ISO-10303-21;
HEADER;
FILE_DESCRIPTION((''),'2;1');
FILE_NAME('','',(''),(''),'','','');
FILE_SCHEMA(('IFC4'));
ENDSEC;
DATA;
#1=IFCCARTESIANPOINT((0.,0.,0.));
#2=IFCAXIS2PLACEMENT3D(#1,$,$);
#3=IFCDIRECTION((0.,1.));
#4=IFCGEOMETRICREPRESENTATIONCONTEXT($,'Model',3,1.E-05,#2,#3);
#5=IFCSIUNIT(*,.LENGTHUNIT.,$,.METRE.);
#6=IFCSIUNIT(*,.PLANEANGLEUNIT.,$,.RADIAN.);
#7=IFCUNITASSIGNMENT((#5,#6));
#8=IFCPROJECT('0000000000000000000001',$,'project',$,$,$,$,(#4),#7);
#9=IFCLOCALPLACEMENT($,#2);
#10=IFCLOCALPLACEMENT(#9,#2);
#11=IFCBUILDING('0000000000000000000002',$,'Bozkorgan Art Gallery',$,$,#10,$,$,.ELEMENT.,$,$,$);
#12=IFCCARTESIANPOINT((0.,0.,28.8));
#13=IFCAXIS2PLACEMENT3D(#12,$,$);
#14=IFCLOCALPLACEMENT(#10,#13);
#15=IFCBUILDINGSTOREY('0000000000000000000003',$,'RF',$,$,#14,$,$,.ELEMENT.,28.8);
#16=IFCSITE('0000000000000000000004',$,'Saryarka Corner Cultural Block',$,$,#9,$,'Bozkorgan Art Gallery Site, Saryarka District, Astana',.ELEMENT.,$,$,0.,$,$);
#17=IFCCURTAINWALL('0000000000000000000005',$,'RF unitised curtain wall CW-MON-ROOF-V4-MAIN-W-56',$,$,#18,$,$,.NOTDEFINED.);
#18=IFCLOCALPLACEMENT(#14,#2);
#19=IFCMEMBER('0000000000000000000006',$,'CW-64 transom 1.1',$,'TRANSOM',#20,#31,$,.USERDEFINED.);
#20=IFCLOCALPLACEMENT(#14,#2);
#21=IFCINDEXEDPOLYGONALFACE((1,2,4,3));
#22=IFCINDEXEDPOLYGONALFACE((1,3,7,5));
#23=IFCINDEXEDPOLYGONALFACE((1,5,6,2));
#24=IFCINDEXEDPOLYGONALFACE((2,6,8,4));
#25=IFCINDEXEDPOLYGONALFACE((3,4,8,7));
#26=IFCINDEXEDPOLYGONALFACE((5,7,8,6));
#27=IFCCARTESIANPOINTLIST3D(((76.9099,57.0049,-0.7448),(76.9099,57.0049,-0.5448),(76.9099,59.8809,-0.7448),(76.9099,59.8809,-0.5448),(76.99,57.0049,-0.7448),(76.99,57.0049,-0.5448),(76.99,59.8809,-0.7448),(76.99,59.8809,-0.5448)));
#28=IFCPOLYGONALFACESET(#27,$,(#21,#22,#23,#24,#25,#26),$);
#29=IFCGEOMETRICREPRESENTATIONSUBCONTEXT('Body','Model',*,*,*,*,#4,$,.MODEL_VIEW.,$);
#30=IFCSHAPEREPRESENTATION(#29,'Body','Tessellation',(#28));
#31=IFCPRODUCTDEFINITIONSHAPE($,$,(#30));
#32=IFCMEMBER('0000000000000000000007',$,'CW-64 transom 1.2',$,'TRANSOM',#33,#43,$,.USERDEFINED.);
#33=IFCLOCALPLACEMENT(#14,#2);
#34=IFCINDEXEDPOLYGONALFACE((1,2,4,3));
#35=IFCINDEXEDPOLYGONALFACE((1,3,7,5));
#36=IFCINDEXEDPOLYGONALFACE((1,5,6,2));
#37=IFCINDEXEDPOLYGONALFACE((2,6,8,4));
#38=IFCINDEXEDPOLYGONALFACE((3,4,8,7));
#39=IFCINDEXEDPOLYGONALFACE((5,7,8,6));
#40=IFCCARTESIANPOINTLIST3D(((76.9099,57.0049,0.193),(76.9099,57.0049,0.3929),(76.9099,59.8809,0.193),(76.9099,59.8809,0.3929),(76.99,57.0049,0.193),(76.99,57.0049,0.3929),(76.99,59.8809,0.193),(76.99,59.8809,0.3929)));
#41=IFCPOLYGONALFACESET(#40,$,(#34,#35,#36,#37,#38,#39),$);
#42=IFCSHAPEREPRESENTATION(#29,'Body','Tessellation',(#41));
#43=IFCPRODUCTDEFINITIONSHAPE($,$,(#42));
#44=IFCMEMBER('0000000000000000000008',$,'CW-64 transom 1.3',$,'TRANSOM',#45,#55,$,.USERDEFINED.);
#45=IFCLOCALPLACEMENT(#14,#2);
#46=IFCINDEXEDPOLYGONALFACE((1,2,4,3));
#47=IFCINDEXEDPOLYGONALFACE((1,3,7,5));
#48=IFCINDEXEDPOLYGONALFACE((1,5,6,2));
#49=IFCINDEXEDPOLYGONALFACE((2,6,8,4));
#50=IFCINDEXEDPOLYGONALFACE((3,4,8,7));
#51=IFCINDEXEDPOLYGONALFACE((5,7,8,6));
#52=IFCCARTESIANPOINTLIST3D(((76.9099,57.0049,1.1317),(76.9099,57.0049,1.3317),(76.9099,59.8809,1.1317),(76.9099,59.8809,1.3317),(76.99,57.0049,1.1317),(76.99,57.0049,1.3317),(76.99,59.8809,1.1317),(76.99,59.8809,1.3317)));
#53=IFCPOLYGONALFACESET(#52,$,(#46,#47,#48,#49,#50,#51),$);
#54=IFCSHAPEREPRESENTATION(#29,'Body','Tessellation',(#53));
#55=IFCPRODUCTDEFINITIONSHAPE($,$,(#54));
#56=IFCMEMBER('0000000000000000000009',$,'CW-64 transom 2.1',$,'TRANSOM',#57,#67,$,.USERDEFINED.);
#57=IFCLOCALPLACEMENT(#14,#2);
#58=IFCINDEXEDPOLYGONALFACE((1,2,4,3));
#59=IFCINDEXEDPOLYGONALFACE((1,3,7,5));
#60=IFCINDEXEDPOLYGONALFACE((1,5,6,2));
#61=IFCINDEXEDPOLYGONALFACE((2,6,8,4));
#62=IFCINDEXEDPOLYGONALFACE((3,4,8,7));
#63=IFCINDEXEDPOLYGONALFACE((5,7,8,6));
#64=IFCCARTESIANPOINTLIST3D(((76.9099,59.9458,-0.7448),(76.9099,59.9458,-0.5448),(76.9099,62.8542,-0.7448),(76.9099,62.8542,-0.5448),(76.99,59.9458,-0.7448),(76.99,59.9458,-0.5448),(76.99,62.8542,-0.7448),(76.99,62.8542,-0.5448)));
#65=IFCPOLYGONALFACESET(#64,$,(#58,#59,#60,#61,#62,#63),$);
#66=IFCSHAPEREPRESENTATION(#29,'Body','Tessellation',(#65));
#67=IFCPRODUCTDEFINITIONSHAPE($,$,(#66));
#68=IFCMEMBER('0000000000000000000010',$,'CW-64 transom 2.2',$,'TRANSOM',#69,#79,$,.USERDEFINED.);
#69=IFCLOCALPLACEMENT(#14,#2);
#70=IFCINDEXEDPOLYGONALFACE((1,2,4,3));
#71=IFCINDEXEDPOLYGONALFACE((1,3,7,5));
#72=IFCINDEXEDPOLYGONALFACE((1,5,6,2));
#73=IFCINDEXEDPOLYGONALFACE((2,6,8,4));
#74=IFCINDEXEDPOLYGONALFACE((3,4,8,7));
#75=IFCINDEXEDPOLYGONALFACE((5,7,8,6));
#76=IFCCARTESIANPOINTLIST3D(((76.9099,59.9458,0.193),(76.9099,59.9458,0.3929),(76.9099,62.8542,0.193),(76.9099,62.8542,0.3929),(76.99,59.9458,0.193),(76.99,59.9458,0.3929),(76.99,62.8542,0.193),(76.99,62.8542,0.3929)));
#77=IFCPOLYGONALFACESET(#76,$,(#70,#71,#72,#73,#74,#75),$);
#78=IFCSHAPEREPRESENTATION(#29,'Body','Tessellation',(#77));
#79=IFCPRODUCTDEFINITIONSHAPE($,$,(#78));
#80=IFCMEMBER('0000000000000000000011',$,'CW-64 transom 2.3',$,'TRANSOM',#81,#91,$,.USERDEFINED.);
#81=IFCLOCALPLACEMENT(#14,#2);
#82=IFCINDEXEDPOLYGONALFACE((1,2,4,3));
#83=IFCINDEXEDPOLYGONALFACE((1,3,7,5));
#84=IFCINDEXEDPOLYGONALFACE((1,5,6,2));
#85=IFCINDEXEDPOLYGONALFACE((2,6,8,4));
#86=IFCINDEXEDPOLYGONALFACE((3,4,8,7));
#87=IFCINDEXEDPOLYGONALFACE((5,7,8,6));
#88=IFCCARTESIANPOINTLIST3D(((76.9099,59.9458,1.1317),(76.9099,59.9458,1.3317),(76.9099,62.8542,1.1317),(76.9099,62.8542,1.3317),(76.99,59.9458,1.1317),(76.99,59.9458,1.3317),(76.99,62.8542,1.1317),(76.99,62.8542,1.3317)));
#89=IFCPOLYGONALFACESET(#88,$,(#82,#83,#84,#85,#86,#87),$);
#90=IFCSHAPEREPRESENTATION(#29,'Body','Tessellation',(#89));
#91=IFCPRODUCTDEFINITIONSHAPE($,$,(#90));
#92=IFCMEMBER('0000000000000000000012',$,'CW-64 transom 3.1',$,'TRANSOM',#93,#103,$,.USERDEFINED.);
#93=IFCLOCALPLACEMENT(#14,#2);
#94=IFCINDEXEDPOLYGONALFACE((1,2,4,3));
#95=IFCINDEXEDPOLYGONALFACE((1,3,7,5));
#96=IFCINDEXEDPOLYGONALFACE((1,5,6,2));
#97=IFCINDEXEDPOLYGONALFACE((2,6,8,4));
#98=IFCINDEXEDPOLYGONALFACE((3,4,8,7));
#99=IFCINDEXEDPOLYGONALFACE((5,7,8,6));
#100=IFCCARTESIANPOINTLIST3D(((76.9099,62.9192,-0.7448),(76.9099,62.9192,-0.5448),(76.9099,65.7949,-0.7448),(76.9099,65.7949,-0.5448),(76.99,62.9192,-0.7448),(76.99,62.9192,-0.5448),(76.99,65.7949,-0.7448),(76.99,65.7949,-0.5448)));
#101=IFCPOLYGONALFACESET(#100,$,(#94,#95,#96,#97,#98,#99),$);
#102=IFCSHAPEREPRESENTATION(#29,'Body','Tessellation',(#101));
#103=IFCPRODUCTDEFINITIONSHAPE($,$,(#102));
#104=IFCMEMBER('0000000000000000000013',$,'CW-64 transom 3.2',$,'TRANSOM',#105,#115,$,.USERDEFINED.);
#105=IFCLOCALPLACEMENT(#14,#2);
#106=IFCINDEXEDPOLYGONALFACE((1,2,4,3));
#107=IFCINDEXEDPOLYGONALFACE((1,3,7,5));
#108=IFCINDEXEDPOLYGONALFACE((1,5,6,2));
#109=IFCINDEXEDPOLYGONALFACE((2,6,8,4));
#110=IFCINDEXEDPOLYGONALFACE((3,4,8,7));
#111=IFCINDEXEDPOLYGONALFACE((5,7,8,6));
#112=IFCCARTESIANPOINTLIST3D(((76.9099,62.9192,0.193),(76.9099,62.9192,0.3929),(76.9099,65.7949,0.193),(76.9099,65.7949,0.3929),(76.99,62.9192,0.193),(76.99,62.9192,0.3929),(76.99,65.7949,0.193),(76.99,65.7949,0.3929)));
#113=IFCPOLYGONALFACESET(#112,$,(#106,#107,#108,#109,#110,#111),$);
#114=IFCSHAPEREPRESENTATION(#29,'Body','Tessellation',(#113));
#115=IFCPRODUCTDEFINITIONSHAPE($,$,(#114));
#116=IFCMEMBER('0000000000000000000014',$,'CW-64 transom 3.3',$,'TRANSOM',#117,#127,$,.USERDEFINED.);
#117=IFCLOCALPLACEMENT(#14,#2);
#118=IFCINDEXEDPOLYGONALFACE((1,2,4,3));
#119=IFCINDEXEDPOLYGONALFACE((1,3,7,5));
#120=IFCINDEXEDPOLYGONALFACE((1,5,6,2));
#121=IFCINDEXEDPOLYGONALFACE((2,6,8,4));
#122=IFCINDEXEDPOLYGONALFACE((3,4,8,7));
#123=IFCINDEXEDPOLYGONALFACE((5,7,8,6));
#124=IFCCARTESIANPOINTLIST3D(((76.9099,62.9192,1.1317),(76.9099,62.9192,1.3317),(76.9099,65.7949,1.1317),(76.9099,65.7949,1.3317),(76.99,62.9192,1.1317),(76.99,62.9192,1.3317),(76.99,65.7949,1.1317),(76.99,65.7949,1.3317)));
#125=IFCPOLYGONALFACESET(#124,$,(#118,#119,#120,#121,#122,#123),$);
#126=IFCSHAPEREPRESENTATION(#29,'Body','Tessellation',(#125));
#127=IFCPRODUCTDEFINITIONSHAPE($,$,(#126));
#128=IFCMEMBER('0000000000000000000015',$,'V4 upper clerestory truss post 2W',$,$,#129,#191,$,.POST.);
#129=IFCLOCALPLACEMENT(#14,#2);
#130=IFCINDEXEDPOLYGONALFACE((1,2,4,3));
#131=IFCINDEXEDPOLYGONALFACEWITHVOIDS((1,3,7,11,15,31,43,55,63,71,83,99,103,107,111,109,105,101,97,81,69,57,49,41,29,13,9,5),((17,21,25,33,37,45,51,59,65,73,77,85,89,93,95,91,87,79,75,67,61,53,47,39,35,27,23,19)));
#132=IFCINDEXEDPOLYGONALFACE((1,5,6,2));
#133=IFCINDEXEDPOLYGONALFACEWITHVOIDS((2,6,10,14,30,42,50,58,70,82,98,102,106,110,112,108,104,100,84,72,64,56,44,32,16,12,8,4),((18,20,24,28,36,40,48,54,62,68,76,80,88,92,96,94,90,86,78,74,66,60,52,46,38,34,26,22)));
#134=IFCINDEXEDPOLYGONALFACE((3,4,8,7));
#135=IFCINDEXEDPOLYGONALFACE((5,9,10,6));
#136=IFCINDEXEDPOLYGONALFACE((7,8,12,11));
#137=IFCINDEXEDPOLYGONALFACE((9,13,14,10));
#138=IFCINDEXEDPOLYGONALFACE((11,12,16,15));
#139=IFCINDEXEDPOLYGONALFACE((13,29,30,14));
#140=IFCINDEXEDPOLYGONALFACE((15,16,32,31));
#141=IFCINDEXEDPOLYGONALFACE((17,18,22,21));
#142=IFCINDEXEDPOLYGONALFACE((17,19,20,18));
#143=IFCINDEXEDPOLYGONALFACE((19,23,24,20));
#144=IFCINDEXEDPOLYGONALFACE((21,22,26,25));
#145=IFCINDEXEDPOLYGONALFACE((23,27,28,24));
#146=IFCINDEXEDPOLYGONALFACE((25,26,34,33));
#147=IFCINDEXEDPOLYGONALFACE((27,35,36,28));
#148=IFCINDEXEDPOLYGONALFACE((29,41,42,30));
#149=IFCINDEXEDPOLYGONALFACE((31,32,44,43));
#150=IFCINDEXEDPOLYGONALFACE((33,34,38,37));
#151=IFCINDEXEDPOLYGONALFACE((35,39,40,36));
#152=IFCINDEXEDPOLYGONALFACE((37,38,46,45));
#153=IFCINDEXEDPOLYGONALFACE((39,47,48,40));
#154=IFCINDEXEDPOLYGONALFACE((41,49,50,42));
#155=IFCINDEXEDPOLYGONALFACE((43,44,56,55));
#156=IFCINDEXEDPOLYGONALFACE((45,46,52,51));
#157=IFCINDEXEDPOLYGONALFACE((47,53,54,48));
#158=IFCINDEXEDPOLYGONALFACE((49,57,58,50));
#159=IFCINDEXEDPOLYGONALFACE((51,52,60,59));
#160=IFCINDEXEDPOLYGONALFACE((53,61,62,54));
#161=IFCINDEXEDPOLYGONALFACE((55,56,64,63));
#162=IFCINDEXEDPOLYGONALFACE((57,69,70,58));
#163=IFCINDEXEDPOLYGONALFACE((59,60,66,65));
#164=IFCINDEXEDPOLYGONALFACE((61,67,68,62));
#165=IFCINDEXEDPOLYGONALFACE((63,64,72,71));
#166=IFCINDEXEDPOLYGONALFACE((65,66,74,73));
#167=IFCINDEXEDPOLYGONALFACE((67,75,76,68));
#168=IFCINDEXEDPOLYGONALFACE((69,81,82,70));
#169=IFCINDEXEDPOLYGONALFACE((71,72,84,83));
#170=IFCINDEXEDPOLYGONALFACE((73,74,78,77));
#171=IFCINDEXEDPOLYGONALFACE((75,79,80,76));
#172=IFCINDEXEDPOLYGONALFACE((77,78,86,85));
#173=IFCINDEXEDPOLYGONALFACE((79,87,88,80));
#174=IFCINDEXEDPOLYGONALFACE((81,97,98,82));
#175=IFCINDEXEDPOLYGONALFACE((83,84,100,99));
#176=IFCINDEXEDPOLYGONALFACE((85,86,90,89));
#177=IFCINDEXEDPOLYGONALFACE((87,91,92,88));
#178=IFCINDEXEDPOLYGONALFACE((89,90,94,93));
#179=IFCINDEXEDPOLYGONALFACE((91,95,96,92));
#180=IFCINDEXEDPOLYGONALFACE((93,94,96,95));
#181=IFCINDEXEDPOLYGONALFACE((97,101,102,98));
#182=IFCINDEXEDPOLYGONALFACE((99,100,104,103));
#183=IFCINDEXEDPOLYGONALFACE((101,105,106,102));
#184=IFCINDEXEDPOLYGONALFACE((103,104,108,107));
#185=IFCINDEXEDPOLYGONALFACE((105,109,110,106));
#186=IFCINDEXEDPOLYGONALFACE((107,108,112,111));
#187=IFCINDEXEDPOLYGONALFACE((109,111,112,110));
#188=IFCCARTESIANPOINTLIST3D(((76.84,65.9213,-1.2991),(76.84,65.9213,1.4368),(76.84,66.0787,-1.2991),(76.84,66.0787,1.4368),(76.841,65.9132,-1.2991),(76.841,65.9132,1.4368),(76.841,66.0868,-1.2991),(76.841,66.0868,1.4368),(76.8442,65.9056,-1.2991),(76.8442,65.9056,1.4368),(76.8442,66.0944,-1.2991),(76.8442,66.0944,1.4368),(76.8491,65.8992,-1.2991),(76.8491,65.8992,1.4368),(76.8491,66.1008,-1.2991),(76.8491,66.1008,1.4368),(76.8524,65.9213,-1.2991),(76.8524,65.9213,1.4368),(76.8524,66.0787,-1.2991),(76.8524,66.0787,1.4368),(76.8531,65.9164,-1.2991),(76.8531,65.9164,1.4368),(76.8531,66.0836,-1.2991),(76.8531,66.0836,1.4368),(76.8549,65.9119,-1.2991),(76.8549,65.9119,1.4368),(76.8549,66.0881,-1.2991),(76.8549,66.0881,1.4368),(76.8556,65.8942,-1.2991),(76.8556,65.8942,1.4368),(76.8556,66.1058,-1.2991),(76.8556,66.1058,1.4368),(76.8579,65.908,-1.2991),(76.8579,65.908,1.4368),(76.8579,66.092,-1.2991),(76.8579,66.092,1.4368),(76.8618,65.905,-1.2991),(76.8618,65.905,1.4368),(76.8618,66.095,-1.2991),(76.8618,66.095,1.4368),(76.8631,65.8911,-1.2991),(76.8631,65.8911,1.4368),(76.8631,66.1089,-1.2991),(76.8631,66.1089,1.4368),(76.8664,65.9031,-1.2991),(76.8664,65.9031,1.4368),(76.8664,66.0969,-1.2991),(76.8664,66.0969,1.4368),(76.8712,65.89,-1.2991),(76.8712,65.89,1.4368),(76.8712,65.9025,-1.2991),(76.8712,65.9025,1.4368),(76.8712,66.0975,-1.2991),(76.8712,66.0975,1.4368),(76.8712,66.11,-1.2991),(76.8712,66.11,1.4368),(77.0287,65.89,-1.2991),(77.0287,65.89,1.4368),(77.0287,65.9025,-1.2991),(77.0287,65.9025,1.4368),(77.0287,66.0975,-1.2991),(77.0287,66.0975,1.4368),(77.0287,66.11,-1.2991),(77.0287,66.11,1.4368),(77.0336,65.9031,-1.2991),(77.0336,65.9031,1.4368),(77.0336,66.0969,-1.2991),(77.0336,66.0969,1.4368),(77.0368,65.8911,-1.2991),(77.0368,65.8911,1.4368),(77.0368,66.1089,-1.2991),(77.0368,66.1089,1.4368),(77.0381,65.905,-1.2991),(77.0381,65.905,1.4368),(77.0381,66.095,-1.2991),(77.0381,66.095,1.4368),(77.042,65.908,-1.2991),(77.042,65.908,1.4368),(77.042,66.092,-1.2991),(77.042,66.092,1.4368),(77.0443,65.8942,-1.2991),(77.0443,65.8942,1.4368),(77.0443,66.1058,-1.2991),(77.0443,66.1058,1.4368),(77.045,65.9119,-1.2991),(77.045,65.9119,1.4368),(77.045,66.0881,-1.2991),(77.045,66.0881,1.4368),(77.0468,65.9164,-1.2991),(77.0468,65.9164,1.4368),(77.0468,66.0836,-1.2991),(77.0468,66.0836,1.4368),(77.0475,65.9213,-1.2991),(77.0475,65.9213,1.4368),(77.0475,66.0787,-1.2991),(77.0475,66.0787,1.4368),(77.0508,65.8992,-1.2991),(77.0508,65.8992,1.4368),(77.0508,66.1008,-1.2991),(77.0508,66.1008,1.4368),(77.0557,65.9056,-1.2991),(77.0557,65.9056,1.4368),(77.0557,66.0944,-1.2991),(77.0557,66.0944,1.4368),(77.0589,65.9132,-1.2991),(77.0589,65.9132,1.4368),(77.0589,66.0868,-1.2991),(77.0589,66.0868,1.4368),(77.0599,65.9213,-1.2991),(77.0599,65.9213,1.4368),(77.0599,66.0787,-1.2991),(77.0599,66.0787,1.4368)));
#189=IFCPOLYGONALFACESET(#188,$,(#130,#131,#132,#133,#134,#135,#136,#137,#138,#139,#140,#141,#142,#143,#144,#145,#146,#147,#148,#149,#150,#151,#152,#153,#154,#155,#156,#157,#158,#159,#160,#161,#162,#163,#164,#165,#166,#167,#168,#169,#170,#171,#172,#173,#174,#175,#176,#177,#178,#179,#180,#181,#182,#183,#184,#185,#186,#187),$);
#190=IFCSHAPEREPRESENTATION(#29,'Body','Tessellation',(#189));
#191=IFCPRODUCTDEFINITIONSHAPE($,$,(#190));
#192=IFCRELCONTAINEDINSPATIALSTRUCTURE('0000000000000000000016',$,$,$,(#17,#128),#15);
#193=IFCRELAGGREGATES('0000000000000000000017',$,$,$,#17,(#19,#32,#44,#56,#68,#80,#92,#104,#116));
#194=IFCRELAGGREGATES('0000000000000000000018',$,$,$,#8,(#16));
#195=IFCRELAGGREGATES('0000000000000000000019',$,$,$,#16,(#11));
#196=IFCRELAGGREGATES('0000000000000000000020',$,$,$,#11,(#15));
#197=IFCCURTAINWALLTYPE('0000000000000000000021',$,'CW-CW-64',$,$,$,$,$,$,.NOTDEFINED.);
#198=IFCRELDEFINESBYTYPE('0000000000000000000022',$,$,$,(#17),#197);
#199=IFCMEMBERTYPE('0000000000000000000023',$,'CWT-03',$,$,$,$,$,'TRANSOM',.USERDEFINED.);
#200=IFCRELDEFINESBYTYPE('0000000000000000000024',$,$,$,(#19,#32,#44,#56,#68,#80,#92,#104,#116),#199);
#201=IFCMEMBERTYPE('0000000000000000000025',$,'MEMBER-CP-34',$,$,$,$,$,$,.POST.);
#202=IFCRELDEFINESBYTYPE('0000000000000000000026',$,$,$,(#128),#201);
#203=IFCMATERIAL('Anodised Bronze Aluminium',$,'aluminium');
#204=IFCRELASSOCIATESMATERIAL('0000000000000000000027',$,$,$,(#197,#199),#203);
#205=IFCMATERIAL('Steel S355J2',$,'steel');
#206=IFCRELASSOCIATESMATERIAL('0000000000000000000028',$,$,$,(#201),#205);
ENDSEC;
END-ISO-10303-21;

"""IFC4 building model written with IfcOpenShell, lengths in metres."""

from ifc_helpers import new_model, si_unit, direction, frame, origin, origin_2d, place, context, subcontext, project, spatial, rectangle, hollow_rectangle, extrude, material, material_profile, profile_set, type_object, element, aggregate, save


model = new_model("IFC4")

# Units and contexts
model_context = context("Model", 3, precision=1e-05, world=origin(), true_north=direction((0.0, 1.0)))
body_context = subcontext(model_context, "Body", "Model", "MODEL_VIEW")
ifc_project = project(units=[si_unit("LENGTHUNIT", "METRE"), si_unit("PLANEANGLEUNIT", "RADIAN")], contexts=[model_context])

# Site, building, storey
site_placement = place(None, origin())
site = spatial("IfcSite", under=ifc_project, at=site_placement, Name="Saryarka Corner Cultural Block", LongName="Bozkorgan Art Gallery Site, Saryarka District, Astana", CompositionType="ELEMENT", RefElevation=0.0)
building_placement = place(site_placement, origin())
building = spatial("IfcBuilding", under=site, at=building_placement, Name="Bozkorgan Art Gallery", CompositionType="ELEMENT")
storey_placement = place(building_placement, frame((0.0, 0.0, 28.8)))
storey = spatial("IfcBuildingStorey", under=building, at=storey_placement, Name="RF", CompositionType="ELEMENT", Elevation=28.8)

# Shared definitions
ifc_material_1 = material(Name="Steel S355J2", Category="steel")

# Shared definitions
ifc_material_2 = material(Name="Anodised Bronze Aluminium", Category="aluminium")

# Curtain wall
curtain_wall_type_1 = type_object("IfcCurtainWallType", Name="CW-CW-64", PredefinedType="NOTDEFINED", material=ifc_material_2)
curtain_wall_1_placement = place(storey_placement, origin())
curtain_wall_1 = element("IfcCurtainWall", 1, at=curtain_wall_1_placement, inside=storey, type_object=curtain_wall_type_1, Name="RF unitised curtain wall CW-MON-ROOF-V4-MAIN-W-56", PredefinedType="NOTDEFINED")

# Members
ifc_material_profile_1 = material_profile(ifc_material_2, rectangle(XDim=0.0801, YDim=0.2, at=origin_2d()), Name="ALU TRANSOM 80x200")
ifc_profile_set_1 = profile_set([ifc_material_profile_1], Name="Anodised Bronze Aluminium")
member_type_1 = type_object("IfcMemberType", Name="CWT-03", ElementType="TRANSOM", PredefinedType="USERDEFINED", material=ifc_profile_set_1)
member_1_placement = place(storey_placement, frame((76.95, 57.0049, -0.6448), z_axis=(0.0, 1.0, 0.0), x_axis=(-1.0, 0.0, 0.0)))
member_1 = element("IfcMember", 2, at=member_1_placement, type_object=member_type_1, Name="CW-64 transom 1.1", ObjectType="TRANSOM", PredefinedType="USERDEFINED", context=body_context, shape_type="SweptSolid", body=[
    extrude(rectangle(XDim=0.0801, YDim=0.2, at=origin_2d()), origin(), (0.0, 0.0, 1.0), 2.876),
])
member_2_placement = place(storey_placement, frame((76.95, 57.0049, 0.293), z_axis=(0.0, 1.0, 0.0), x_axis=(-1.0, 0.0, 0.0)))
member_2 = element("IfcMember", 3, at=member_2_placement, type_object=member_type_1, Name="CW-64 transom 1.2", ObjectType="TRANSOM", PredefinedType="USERDEFINED", context=body_context, shape_type="SweptSolid", body=[
    extrude(rectangle(XDim=0.0801, YDim=0.2, at=origin_2d()), origin(), (0.0, 0.0, 1.0), 2.876),
])
member_3_placement = place(storey_placement, frame((76.95, 57.0049, 1.2317), z_axis=(0.0, 1.0, 0.0), x_axis=(-1.0, 0.0, 0.0)))
member_3 = element("IfcMember", 4, at=member_3_placement, type_object=member_type_1, Name="CW-64 transom 1.3", ObjectType="TRANSOM", PredefinedType="USERDEFINED", context=body_context, shape_type="SweptSolid", body=[
    extrude(rectangle(XDim=0.0801, YDim=0.2, at=origin_2d()), origin(), (0.0, 0.0, 1.0), 2.876),
])
member_4_placement = place(storey_placement, frame((76.95, 59.9458, -0.6448), z_axis=(0.0, 1.0, 0.0), x_axis=(-1.0, 0.0, 0.0)))
member_4 = element("IfcMember", 5, at=member_4_placement, type_object=member_type_1, Name="CW-64 transom 2.1", ObjectType="TRANSOM", PredefinedType="USERDEFINED", context=body_context, shape_type="SweptSolid", body=[
    extrude(rectangle(XDim=0.0801, YDim=0.2, at=origin_2d()), origin(), (0.0, 0.0, 1.0), 2.9084),
])
member_5_placement = place(storey_placement, frame((76.95, 59.9458, 0.293), z_axis=(0.0, 1.0, 0.0), x_axis=(-1.0, 0.0, 0.0)))
member_5 = element("IfcMember", 6, at=member_5_placement, type_object=member_type_1, Name="CW-64 transom 2.2", ObjectType="TRANSOM", PredefinedType="USERDEFINED", context=body_context, shape_type="SweptSolid", body=[
    extrude(rectangle(XDim=0.0801, YDim=0.2, at=origin_2d()), origin(), (0.0, 0.0, 1.0), 2.9084),
])
member_6_placement = place(storey_placement, frame((76.95, 59.9458, 1.2317), z_axis=(0.0, 1.0, 0.0), x_axis=(-1.0, 0.0, 0.0)))
member_6 = element("IfcMember", 7, at=member_6_placement, type_object=member_type_1, Name="CW-64 transom 2.3", ObjectType="TRANSOM", PredefinedType="USERDEFINED", context=body_context, shape_type="SweptSolid", body=[
    extrude(rectangle(XDim=0.0801, YDim=0.2, at=origin_2d()), origin(), (0.0, 0.0, 1.0), 2.9084),
])
member_7_placement = place(storey_placement, frame((76.95, 62.9192, -0.6448), z_axis=(0.0, 1.0, 0.0), x_axis=(-1.0, 0.0, 0.0)))
member_7 = element("IfcMember", 8, at=member_7_placement, type_object=member_type_1, Name="CW-64 transom 3.1", ObjectType="TRANSOM", PredefinedType="USERDEFINED", context=body_context, shape_type="SweptSolid", body=[
    extrude(rectangle(XDim=0.0801, YDim=0.2, at=origin_2d()), origin(), (0.0, 0.0, 1.0), 2.8757),
])
member_8_placement = place(storey_placement, frame((76.95, 62.9192, 0.293), z_axis=(0.0, 1.0, 0.0), x_axis=(-1.0, 0.0, 0.0)))
member_8 = element("IfcMember", 9, at=member_8_placement, type_object=member_type_1, Name="CW-64 transom 3.2", ObjectType="TRANSOM", PredefinedType="USERDEFINED", context=body_context, shape_type="SweptSolid", body=[
    extrude(rectangle(XDim=0.0801, YDim=0.2, at=origin_2d()), origin(), (0.0, 0.0, 1.0), 2.8757),
])
member_9_placement = place(storey_placement, frame((76.95, 62.9192, 1.2317), z_axis=(0.0, 1.0, 0.0), x_axis=(-1.0, 0.0, 0.0)))
member_9 = element("IfcMember", 10, at=member_9_placement, type_object=member_type_1, Name="CW-64 transom 3.3", ObjectType="TRANSOM", PredefinedType="USERDEFINED", context=body_context, shape_type="SweptSolid", body=[
    extrude(rectangle(XDim=0.0801, YDim=0.2, at=origin_2d()), origin(), (0.0, 0.0, 1.0), 2.8757),
])
ifc_material_profile_2 = material_profile(ifc_material_1, hollow_rectangle(XDim=0.22, YDim=0.22, WallThickness=0.0125, InnerFilletRadius=0.0188, OuterFilletRadius=0.0312, at=origin_2d()), Name="SHS 220x220x12.5")
ifc_profile_set_2 = profile_set([ifc_material_profile_2], Name="Steel S355J2")
member_type_2 = type_object("IfcMemberType", Name="MEMBER-CP-34", PredefinedType="POST", material=ifc_profile_set_2)
member_10_placement = place(storey_placement, frame((76.95, 66.0, -1.2991), z_axis=(0.0, 0.0, 1.0), x_axis=(1.0, 0.0, 0.0)))
element("IfcMember", 11, at=member_10_placement, inside=storey, type_object=member_type_2, Name="V4 upper clerestory truss post 2W", PredefinedType="POST", context=body_context, shape_type="SweptSolid", body=[
    extrude(hollow_rectangle(XDim=0.22, YDim=0.22, WallThickness=0.0125, InnerFilletRadius=0.0188, OuterFilletRadius=0.0312, at=origin_2d()), origin(), (0.0, 0.0, 1.0), 2.7358),
])

aggregate(curtain_wall_1, [member_1, member_2, member_3, member_4, member_5, member_6, member_7, member_8, member_9])

save(model, "model.ifc")
